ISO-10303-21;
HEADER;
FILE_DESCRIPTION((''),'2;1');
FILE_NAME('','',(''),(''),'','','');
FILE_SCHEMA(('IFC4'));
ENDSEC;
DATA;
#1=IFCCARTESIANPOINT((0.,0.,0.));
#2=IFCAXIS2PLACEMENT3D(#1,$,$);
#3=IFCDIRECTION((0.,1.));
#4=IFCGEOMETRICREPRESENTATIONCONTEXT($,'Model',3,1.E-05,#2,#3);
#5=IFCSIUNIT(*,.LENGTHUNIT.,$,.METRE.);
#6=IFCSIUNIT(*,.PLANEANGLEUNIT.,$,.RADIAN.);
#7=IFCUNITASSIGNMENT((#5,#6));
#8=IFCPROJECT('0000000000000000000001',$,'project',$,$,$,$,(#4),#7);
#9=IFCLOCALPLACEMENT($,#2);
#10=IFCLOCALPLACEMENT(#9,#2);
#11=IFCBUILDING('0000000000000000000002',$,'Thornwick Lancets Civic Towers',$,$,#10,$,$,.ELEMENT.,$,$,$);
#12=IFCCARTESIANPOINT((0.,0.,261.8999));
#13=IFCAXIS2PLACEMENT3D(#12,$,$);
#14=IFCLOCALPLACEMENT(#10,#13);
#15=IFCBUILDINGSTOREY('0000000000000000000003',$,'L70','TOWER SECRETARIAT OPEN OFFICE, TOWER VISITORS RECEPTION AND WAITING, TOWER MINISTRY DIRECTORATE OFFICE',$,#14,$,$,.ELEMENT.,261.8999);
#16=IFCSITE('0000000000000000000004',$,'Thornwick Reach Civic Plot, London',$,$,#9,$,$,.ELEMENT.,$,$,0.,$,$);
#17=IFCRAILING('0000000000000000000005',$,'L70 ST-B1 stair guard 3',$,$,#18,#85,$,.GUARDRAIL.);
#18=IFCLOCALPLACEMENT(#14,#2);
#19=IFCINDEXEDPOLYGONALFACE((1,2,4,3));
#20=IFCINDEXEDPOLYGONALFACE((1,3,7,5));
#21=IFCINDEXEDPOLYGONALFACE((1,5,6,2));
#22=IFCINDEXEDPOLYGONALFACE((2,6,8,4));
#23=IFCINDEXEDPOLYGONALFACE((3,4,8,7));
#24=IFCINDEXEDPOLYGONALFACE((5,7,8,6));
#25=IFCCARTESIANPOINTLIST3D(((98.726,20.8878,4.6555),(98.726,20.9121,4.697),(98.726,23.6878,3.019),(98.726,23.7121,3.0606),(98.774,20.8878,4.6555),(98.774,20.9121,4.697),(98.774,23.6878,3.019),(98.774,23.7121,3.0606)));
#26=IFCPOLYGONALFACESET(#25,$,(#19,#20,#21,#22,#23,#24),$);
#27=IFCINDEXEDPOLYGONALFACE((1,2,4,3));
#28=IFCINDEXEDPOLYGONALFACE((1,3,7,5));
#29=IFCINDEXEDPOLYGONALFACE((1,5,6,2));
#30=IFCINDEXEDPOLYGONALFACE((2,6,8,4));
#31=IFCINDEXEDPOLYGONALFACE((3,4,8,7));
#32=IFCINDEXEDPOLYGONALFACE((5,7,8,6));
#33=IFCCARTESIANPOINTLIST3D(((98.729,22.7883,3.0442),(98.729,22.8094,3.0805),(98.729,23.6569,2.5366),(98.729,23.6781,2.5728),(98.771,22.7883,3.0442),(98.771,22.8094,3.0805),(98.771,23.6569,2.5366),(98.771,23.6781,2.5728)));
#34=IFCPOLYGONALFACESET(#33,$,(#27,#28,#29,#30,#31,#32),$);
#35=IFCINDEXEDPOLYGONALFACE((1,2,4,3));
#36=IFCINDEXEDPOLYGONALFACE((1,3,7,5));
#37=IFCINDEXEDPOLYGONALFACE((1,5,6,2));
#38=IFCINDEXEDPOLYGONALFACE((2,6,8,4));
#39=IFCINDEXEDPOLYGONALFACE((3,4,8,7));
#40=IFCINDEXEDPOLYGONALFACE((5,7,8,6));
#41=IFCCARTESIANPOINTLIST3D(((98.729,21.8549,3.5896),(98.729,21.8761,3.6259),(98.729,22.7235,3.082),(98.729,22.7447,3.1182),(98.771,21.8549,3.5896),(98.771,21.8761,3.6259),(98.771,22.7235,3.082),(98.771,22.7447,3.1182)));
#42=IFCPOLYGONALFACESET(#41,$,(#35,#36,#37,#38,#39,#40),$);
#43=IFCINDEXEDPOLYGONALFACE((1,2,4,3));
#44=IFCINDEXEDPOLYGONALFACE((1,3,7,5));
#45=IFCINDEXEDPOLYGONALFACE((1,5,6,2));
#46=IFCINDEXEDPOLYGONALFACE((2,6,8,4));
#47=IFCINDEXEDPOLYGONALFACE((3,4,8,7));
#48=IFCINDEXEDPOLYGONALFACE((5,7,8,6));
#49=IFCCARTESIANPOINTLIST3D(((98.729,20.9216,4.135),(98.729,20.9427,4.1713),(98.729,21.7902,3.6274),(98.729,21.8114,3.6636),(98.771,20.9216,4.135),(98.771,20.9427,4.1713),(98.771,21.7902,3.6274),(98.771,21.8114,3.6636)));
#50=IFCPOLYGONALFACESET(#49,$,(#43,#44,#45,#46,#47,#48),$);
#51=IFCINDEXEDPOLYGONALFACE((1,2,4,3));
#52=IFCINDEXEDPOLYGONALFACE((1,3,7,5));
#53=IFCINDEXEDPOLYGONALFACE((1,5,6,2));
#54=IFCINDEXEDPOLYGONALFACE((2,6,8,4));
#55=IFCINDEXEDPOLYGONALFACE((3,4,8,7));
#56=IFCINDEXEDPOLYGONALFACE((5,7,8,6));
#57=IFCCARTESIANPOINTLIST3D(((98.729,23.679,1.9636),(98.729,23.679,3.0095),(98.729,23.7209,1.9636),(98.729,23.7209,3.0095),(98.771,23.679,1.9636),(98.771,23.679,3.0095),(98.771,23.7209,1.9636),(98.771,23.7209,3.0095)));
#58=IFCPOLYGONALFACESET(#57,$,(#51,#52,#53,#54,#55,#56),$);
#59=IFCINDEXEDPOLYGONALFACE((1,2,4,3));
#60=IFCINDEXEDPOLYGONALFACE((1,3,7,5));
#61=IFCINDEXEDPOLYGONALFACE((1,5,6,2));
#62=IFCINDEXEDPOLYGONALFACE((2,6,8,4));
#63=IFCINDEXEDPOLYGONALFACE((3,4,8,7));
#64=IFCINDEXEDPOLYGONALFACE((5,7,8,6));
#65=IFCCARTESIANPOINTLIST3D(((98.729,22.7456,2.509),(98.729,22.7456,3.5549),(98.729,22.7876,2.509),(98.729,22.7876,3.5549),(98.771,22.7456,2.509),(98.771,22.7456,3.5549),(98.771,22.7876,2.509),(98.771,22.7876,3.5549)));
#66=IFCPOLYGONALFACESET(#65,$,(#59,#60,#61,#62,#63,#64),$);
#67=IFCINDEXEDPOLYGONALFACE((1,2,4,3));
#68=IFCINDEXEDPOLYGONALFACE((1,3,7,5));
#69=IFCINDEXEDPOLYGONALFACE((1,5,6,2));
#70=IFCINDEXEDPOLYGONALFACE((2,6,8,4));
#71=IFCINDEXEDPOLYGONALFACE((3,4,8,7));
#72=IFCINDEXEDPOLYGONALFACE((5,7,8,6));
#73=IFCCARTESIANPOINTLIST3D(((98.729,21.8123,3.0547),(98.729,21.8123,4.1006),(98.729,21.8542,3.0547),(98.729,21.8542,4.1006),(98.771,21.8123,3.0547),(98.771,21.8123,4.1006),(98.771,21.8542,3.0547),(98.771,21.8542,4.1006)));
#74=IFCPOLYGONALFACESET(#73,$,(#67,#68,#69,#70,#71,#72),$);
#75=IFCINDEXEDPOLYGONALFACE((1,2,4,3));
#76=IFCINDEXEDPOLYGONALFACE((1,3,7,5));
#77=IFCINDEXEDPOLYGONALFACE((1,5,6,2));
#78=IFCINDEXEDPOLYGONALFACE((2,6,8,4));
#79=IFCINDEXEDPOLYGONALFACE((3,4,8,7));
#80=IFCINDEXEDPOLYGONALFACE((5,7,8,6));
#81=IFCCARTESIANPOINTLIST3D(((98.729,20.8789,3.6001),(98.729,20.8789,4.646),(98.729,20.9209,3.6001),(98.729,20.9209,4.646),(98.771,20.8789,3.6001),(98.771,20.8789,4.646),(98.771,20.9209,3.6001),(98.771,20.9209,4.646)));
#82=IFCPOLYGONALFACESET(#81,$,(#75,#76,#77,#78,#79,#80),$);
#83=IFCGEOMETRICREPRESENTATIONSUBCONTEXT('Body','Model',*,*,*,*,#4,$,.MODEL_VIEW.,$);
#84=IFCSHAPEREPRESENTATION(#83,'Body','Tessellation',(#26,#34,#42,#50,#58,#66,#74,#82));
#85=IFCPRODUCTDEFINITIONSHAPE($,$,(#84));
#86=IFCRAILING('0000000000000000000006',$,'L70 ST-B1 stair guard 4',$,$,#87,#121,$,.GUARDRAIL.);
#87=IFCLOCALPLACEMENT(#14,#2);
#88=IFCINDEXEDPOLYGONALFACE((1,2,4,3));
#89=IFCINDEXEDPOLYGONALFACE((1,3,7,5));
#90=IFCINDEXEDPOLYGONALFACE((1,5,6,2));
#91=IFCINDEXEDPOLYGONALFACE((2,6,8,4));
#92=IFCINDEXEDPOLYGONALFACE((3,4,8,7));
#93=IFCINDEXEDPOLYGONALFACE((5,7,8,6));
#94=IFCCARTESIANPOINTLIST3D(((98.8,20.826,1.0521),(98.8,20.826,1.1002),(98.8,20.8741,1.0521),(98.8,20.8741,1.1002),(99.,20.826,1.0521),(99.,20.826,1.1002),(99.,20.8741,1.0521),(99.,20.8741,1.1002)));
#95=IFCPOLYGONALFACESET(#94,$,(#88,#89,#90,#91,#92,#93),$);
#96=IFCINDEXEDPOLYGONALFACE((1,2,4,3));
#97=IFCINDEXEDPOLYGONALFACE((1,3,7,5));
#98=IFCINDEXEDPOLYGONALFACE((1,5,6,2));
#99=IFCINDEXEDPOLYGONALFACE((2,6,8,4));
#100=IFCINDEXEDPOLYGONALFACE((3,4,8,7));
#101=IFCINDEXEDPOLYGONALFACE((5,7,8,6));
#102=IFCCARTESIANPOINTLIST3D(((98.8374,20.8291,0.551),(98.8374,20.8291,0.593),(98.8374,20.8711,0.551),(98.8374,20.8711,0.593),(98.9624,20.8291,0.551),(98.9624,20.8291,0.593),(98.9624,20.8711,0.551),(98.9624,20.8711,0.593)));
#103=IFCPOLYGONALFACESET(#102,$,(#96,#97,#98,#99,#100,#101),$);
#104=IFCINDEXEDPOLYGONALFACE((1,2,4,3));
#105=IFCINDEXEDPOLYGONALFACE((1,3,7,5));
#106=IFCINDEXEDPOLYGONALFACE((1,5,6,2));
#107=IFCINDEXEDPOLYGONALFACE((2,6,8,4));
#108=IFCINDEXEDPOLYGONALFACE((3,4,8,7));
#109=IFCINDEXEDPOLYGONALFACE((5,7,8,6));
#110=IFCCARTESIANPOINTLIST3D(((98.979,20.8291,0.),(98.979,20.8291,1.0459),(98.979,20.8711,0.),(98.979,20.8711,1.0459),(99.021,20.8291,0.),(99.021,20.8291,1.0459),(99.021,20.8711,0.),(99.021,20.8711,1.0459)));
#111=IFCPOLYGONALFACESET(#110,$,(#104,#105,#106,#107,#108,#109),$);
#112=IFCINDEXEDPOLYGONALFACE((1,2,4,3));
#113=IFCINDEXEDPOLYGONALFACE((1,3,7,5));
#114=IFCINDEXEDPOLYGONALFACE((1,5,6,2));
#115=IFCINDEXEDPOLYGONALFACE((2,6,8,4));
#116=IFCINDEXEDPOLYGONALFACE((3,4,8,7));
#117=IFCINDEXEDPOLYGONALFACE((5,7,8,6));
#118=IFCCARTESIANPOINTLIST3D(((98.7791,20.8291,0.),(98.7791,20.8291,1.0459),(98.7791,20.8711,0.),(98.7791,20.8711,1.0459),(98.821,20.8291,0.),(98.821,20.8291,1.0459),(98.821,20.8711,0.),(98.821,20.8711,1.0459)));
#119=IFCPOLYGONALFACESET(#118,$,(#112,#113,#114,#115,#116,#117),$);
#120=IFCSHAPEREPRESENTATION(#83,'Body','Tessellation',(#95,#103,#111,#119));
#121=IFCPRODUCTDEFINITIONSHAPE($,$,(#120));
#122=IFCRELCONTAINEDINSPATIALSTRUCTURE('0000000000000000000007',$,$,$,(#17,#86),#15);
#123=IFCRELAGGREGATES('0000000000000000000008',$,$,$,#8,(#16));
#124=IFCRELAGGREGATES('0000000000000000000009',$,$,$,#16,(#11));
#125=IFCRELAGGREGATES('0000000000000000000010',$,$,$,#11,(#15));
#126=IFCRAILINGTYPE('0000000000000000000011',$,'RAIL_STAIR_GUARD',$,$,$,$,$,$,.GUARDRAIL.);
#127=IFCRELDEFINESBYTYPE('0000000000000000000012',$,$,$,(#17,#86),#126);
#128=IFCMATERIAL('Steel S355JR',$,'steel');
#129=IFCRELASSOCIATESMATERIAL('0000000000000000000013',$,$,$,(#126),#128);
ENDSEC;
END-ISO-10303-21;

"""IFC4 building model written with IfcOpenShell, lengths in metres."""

from ifc_helpers import new_model, si_unit, direction, frame, origin, origin_2d, place, context, subcontext, project, spatial, rectangle, extrude, material, type_object, element, save


model = new_model("IFC4")

# Units and contexts
model_context = context("Model", 3, precision=1e-05, world=origin(), true_north=direction((0.0, 1.0)))
body_context = subcontext(model_context, "Body", "Model", "MODEL_VIEW")
ifc_project = project(units=[si_unit("LENGTHUNIT", "METRE"), si_unit("PLANEANGLEUNIT", "RADIAN")], contexts=[model_context])

# Site, building, storey
site_placement = place(None, origin())
site = spatial("IfcSite", under=ifc_project, at=site_placement, Name="Thornwick Reach Civic Plot, London", CompositionType="ELEMENT", RefElevation=0.0)
building_placement = place(site_placement, origin())
building = spatial("IfcBuilding", under=site, at=building_placement, Name="Thornwick Lancets Civic Towers", CompositionType="ELEMENT")
storey_placement = place(building_placement, frame((0.0, 0.0, 261.8999)))
storey = spatial("IfcBuildingStorey", under=building, at=storey_placement, Name="L70", Description="TOWER SECRETARIAT OPEN OFFICE, TOWER VISITORS RECEPTION AND WAITING, TOWER MINISTRY DIRECTORATE OFFICE", CompositionType="ELEMENT", Elevation=261.8999)

# Railings
ifc_material_1 = material(Name="Steel S355JR", Category="steel")
railing_type_1 = type_object("IfcRailingType", Name="RAIL_STAIR_GUARD", PredefinedType="GUARDRAIL", material=ifc_material_1)
railing_1_placement = place(storey_placement, frame((98.75, 23.7, 1.9636)))
element("IfcRailing", 1, at=railing_1_placement, inside=storey, type_object=railing_type_1, Name="L70 ST-B1 stair guard 3", PredefinedType="GUARDRAIL", context=body_context, shape_type="SweptSolid", body=[
    extrude(rectangle(XDim=0.0481, YDim=0.0481, at=origin_2d()), frame((0.0, 0.0, 1.0762), z_axis=(0.0, -0.863361, 0.504587), x_axis=(1.0, 0.0, 0.0)), (0.0, 0.0, 1.0), 3.2432),
    extrude(rectangle(XDim=0.042, YDim=0.042, at=origin_2d()), frame((0.0, -0.0325, 0.5911), z_axis=(0.0, -0.863361, 0.504587), x_axis=(1.0, 0.0, 0.0)), (0.0, 0.0, 1.0), 1.0061),
    extrude(rectangle(XDim=0.042, YDim=0.042, at=origin_2d()), frame((0.0, -0.9658, 1.1365), z_axis=(0.0, -0.863361, 0.504587), x_axis=(1.0, 0.0, 0.0)), (0.0, 0.0, 1.0), 1.0061),
    extrude(rectangle(XDim=0.042, YDim=0.042, at=origin_2d()), frame((0.0, -1.8992, 1.6819), z_axis=(0.0, -0.863361, 0.504587), x_axis=(1.0, 0.0, 0.0)), (0.0, 0.0, 1.0), 1.0061),
    extrude(rectangle(XDim=0.042, YDim=0.042, at=origin_2d()), origin(), (0.0, 0.0, 1.0), 1.0459),
    extrude(rectangle(XDim=0.042, YDim=0.042, at=origin_2d()), frame((0.0, -0.9333, 0.5454)), (0.0, 0.0, 1.0), 1.0459),
    extrude(rectangle(XDim=0.042, YDim=0.042, at=origin_2d()), frame((0.0, -1.8667, 1.0911)), (0.0, 0.0, 1.0), 1.0459),
    extrude(rectangle(XDim=0.042, YDim=0.042, at=origin_2d()), frame((0.0, -2.8, 1.6365)), (0.0, 0.0, 1.0), 1.0459),
])
railing_2_placement = place(storey_placement, frame((99.0, 20.8501, 0.0)))
element("IfcRailing", 2, at=railing_2_placement, inside=storey, type_object=railing_type_1, Name="L70 ST-B1 stair guard 4", PredefinedType="GUARDRAIL", context=body_context, shape_type="SweptSolid", body=[
    extrude(rectangle(XDim=0.0481, YDim=0.0481, at=origin_2d()), frame((0.0, 0.0, 1.0762), z_axis=(-1.0, 0.0, 0.0), x_axis=(0.0, -1.0, 0.0)), (0.0, 0.0, 1.0), 0.2),
    extrude(rectangle(XDim=0.042, YDim=0.042, at=origin_2d()), frame((-0.0376, 0.0, 0.572), z_axis=(-1.0, 0.0, 0.0), x_axis=(0.0, -1.0, 0.0)), (0.0, 0.0, 1.0), 0.125),
    extrude(rectangle(XDim=0.042, YDim=0.042, at=origin_2d()), origin(), (0.0, 0.0, 1.0), 1.0459),
    extrude(rectangle(XDim=0.042, YDim=0.042, at=origin_2d()), frame((-0.2, 0.0, 0.0)), (0.0, 0.0, 1.0), 1.0459),
])

save(model, "model.ifc")
